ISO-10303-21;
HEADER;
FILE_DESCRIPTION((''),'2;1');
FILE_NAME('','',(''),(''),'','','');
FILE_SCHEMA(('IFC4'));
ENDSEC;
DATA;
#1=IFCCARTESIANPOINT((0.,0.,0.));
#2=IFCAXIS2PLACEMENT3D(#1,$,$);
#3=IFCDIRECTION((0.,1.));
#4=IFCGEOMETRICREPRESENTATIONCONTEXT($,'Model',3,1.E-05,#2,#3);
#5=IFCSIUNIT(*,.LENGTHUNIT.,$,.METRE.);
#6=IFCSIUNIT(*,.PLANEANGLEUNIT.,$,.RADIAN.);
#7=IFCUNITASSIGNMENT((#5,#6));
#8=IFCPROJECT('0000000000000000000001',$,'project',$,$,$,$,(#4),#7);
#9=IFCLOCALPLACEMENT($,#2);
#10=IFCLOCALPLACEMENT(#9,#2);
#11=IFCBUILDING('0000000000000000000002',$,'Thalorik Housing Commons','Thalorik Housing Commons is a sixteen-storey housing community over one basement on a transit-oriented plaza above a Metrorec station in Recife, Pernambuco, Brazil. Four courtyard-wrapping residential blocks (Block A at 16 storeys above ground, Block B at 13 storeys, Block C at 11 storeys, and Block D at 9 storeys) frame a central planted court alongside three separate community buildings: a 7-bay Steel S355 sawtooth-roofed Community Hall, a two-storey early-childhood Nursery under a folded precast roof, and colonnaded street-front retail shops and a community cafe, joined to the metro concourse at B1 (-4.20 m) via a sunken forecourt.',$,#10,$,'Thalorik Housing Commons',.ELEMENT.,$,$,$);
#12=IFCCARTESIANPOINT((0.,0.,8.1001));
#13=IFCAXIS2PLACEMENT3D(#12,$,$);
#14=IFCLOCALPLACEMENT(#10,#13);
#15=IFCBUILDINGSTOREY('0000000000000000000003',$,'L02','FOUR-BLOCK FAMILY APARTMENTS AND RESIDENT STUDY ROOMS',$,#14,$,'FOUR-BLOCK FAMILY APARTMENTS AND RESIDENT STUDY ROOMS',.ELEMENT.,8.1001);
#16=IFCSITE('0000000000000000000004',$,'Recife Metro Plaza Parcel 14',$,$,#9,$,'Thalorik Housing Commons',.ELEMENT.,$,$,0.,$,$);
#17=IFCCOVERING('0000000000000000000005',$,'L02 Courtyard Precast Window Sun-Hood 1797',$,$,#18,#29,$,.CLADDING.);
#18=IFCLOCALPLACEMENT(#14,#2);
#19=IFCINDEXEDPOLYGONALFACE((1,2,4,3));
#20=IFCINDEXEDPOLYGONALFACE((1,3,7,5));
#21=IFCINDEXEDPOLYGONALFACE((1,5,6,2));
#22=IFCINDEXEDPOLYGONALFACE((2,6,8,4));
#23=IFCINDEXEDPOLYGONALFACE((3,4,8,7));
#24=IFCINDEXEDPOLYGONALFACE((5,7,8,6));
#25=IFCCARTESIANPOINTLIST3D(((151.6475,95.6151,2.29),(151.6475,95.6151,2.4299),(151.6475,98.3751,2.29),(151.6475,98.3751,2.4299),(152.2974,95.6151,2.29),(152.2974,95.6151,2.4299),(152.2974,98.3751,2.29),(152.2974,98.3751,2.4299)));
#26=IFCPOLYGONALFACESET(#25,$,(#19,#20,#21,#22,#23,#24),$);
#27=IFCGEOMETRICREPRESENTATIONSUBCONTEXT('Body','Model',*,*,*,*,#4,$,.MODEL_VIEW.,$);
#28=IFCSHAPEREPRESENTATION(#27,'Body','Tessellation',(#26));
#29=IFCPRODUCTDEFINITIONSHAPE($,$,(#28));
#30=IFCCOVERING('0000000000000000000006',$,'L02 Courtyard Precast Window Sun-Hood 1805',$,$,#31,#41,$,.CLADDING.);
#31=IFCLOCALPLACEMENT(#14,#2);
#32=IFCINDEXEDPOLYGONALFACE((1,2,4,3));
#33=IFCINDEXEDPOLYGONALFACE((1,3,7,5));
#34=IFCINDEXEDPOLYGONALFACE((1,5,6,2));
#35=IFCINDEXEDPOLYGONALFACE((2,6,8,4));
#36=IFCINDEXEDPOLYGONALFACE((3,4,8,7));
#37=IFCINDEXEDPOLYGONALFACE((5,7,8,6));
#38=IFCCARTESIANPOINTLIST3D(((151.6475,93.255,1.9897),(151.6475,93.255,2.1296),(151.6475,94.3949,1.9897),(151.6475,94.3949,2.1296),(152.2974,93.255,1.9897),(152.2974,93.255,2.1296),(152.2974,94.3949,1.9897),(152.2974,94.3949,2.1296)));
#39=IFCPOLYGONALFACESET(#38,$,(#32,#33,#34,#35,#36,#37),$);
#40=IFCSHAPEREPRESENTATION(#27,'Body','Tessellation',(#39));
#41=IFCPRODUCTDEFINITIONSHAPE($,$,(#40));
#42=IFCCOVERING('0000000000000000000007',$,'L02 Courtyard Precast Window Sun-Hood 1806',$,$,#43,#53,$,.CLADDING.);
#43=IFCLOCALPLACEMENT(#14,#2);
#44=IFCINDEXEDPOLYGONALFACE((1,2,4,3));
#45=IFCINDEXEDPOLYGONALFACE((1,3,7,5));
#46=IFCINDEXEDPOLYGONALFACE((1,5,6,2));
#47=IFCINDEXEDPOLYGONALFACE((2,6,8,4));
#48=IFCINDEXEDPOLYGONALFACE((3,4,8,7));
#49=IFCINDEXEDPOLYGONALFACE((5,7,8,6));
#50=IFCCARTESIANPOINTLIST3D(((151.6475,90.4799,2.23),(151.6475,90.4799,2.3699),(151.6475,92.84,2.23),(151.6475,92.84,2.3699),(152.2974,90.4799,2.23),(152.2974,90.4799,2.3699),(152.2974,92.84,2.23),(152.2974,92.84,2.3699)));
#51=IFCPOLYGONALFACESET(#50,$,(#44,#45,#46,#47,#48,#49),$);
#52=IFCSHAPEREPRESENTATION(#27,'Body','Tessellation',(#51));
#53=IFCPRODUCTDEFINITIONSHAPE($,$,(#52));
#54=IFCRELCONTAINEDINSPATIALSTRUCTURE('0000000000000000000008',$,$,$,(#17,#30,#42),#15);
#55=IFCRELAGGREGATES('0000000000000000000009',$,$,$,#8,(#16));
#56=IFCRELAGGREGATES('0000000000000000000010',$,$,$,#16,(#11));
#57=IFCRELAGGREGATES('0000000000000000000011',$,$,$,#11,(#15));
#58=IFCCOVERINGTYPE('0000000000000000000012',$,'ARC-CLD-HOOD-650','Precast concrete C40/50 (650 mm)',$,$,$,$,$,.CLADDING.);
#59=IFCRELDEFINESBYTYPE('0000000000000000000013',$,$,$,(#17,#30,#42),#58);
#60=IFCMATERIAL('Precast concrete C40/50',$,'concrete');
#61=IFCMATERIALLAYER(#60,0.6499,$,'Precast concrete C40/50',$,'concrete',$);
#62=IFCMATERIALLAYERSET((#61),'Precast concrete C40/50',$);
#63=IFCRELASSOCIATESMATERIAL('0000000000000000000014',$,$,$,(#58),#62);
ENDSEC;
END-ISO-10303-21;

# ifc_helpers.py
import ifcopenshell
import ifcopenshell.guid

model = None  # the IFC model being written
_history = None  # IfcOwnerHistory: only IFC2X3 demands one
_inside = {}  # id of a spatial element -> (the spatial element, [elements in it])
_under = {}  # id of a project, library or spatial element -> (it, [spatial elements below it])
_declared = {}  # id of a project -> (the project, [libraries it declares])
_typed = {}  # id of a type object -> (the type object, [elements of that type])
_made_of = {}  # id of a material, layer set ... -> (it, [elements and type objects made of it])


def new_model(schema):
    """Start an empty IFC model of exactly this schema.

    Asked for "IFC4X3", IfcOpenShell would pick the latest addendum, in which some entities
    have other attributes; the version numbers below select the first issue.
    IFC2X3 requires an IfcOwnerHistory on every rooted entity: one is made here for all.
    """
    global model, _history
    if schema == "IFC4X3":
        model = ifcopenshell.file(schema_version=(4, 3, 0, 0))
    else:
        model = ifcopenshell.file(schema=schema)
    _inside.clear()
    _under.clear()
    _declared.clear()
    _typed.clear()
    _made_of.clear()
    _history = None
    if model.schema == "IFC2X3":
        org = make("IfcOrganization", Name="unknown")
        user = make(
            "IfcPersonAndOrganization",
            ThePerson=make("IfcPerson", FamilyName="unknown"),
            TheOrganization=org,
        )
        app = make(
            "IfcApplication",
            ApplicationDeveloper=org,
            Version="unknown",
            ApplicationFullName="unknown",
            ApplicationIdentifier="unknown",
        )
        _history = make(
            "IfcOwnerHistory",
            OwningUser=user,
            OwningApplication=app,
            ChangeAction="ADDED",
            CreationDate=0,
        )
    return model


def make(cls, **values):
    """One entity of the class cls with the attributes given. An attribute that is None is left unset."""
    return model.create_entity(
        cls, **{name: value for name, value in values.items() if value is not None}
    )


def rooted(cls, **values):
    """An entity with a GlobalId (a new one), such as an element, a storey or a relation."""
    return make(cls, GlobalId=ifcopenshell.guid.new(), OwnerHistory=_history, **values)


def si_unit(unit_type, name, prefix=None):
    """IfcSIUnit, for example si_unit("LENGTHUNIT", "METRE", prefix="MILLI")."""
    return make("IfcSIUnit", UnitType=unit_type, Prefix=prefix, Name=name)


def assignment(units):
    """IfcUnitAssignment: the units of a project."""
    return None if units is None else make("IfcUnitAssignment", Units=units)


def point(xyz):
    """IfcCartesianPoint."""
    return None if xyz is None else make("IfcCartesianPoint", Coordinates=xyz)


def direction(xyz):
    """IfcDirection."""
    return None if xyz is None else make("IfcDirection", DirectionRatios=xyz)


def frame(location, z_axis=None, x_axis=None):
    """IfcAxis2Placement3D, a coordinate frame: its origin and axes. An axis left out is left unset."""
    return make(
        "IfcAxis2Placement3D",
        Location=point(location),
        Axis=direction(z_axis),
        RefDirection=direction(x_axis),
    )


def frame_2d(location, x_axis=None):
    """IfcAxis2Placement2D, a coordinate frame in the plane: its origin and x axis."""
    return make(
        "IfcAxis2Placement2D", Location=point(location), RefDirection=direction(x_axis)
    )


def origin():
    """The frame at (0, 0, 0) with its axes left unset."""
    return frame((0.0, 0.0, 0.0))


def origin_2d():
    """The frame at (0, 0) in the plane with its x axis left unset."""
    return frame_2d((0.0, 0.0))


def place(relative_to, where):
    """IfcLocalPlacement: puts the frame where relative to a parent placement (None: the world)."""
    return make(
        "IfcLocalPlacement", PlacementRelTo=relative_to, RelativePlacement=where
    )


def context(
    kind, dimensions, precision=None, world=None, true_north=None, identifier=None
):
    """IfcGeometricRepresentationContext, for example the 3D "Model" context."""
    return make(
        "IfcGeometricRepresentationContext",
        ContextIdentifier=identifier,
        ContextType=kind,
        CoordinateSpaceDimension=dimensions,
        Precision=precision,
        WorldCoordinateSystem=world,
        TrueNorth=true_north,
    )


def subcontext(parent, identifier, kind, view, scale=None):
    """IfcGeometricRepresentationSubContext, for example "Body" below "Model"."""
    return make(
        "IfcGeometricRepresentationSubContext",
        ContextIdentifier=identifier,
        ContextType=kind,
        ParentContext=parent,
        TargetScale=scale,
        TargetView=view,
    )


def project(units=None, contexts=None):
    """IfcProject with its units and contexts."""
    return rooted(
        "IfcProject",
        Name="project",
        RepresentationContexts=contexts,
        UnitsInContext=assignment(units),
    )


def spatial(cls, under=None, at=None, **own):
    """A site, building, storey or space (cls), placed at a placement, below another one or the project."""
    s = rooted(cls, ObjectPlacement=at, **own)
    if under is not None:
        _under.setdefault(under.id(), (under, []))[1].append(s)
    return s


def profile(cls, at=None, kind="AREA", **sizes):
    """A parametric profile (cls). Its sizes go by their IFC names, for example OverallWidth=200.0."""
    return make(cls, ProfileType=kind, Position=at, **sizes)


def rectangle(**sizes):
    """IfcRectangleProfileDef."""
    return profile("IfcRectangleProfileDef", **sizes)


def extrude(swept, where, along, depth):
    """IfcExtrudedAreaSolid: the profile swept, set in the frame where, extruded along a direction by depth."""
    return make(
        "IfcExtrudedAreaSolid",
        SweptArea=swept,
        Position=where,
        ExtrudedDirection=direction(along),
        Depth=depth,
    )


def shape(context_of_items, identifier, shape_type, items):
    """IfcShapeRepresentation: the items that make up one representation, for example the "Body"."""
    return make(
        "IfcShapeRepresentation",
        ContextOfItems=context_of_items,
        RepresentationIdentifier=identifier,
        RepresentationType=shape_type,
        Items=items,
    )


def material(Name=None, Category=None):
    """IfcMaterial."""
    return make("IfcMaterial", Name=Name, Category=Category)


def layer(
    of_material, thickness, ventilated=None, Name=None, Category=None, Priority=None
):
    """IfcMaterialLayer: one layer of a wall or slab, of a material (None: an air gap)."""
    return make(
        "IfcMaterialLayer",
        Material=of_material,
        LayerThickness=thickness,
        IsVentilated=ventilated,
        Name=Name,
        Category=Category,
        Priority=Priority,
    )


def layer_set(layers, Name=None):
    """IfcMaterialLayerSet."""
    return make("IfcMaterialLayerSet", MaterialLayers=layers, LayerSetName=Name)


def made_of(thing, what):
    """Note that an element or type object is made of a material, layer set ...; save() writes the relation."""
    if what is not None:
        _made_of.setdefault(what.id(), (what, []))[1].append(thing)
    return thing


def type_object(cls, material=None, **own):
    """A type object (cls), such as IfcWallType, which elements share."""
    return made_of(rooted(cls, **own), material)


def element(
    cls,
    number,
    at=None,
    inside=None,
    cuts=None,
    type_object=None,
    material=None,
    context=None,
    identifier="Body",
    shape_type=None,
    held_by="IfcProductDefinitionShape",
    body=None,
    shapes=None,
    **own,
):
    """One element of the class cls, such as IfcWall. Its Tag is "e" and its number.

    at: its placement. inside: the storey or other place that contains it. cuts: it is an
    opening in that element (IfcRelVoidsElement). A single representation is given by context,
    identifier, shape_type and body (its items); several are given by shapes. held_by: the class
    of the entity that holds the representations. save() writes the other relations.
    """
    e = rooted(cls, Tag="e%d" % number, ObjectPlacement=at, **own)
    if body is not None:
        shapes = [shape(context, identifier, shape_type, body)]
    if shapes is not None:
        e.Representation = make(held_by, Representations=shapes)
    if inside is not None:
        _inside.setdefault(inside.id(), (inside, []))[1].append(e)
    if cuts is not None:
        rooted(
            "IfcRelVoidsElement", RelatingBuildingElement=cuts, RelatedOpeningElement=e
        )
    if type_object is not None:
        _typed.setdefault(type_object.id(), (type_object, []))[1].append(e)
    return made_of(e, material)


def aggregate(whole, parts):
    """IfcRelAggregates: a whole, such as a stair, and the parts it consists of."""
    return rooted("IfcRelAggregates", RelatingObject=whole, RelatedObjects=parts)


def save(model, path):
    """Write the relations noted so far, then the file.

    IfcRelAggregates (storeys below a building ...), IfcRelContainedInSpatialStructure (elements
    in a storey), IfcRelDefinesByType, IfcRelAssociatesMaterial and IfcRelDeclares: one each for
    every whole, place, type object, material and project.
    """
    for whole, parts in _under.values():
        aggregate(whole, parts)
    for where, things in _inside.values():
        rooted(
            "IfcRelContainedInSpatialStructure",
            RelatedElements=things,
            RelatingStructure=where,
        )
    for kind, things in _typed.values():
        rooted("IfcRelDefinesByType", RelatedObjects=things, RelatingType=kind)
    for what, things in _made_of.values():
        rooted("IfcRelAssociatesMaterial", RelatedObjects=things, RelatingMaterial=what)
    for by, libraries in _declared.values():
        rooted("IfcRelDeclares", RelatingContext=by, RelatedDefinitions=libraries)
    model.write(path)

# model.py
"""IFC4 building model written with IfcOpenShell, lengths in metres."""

from ifc_helpers import new_model, si_unit, direction, frame, origin, origin_2d, place, context, subcontext, project, spatial, rectangle, extrude, material, layer, layer_set, type_object, element, save


model = new_model("IFC4")

# Units and contexts
model_context = context("Model", 3, precision=1e-05, world=origin(), true_north=direction((0.0, 1.0)))
body_context = subcontext(model_context, "Body", "Model", "MODEL_VIEW")
ifc_project = project(units=[si_unit("LENGTHUNIT", "METRE"), si_unit("PLANEANGLEUNIT", "RADIAN")], contexts=[model_context])

# Site, building, storey
site_placement = place(None, origin())
site = spatial("IfcSite", under=ifc_project, at=site_placement, Name="Recife Metro Plaza Parcel 14", LongName="Thalorik Housing Commons", CompositionType="ELEMENT", RefElevation=0.0)
building_placement = place(site_placement, origin())
building = spatial("IfcBuilding", under=site, at=building_placement, Name="Thalorik Housing Commons", Description="Thalorik Housing Commons is a sixteen-storey housing community over one basement on a transit-oriented plaza above a Metrorec station in Recife, Pernambuco, Brazil. Four courtyard-wrapping residential blocks (Block A at 16 storeys above ground, Block B at 13 storeys, Block C at 11 storeys, and Block D at 9 storeys) frame a central planted court alongside three separate community buildings: a 7-bay Steel S355 sawtooth-roofed Community Hall, a two-storey early-childhood Nursery under a folded precast roof, and colonnaded street-front retail shops and a community cafe, joined to the metro concourse at B1 (-4.20 m) via a sunken forecourt.", LongName="Thalorik Housing Commons", CompositionType="ELEMENT")
storey_placement = place(building_placement, frame((0.0, 0.0, 8.1001)))
storey = spatial("IfcBuildingStorey", under=building, at=storey_placement, Name="L02", Description="FOUR-BLOCK FAMILY APARTMENTS AND RESIDENT STUDY ROOMS", LongName="FOUR-BLOCK FAMILY APARTMENTS AND RESIDENT STUDY ROOMS", CompositionType="ELEMENT", Elevation=8.1001)

# Shared definitions
ifc_material_1 = material(Name="Precast concrete C40/50", Category="concrete")

# Coverings
ifc_layer_1 = layer(ifc_material_1, 0.6499, Name="Precast concrete C40/50", Category="concrete")
ifc_layer_set_1 = layer_set([ifc_layer_1], Name="Precast concrete C40/50")
covering_type_1 = type_object("IfcCoveringType", Name="ARC-CLD-HOOD-650", Description="Precast concrete C40/50 (650 mm)", PredefinedType="CLADDING", material=ifc_layer_set_1)
covering_1_placement = place(storey_placement, frame((151.9724, 96.9951, 2.29), z_axis=(0.0, 0.0, 1.0), x_axis=(0.0, -1.0, 0.0)))
element("IfcCovering", 1, at=covering_1_placement, inside=storey, type_object=covering_type_1, Name="L02 Courtyard Precast Window Sun-Hood 1797", PredefinedType="CLADDING", context=body_context, shape_type="SweptSolid", body=[
    extrude(rectangle(XDim=2.76, YDim=0.6499, at=origin_2d()), origin(), (0.0, 0.0, 1.0), 0.1399),
])
covering_2_placement = place(storey_placement, frame((151.9724, 93.825, 1.9897), z_axis=(0.0, 0.0, 1.0), x_axis=(0.0, -1.0, 0.0)))
element("IfcCovering", 2, at=covering_2_placement, inside=storey, type_object=covering_type_1, Name="L02 Courtyard Precast Window Sun-Hood 1805", PredefinedType="CLADDING", context=body_context, shape_type="SweptSolid", body=[
    extrude(rectangle(XDim=1.1399, YDim=0.6499, at=origin_2d()), origin(), (0.0, 0.0, 1.0), 0.1399),
])
covering_3_placement = place(storey_placement, frame((151.9724, 91.6599, 2.23), z_axis=(0.0, 0.0, 1.0), x_axis=(0.0, -1.0, 0.0)))
element("IfcCovering", 3, at=covering_3_placement, inside=storey, type_object=covering_type_1, Name="L02 Courtyard Precast Window Sun-Hood 1806", PredefinedType="CLADDING", context=body_context, shape_type="SweptSolid", body=[
    extrude(rectangle(XDim=2.3601, YDim=0.6499, at=origin_2d()), origin(), (0.0, 0.0, 1.0), 0.1399),
])

save(model, "model.ifc")
